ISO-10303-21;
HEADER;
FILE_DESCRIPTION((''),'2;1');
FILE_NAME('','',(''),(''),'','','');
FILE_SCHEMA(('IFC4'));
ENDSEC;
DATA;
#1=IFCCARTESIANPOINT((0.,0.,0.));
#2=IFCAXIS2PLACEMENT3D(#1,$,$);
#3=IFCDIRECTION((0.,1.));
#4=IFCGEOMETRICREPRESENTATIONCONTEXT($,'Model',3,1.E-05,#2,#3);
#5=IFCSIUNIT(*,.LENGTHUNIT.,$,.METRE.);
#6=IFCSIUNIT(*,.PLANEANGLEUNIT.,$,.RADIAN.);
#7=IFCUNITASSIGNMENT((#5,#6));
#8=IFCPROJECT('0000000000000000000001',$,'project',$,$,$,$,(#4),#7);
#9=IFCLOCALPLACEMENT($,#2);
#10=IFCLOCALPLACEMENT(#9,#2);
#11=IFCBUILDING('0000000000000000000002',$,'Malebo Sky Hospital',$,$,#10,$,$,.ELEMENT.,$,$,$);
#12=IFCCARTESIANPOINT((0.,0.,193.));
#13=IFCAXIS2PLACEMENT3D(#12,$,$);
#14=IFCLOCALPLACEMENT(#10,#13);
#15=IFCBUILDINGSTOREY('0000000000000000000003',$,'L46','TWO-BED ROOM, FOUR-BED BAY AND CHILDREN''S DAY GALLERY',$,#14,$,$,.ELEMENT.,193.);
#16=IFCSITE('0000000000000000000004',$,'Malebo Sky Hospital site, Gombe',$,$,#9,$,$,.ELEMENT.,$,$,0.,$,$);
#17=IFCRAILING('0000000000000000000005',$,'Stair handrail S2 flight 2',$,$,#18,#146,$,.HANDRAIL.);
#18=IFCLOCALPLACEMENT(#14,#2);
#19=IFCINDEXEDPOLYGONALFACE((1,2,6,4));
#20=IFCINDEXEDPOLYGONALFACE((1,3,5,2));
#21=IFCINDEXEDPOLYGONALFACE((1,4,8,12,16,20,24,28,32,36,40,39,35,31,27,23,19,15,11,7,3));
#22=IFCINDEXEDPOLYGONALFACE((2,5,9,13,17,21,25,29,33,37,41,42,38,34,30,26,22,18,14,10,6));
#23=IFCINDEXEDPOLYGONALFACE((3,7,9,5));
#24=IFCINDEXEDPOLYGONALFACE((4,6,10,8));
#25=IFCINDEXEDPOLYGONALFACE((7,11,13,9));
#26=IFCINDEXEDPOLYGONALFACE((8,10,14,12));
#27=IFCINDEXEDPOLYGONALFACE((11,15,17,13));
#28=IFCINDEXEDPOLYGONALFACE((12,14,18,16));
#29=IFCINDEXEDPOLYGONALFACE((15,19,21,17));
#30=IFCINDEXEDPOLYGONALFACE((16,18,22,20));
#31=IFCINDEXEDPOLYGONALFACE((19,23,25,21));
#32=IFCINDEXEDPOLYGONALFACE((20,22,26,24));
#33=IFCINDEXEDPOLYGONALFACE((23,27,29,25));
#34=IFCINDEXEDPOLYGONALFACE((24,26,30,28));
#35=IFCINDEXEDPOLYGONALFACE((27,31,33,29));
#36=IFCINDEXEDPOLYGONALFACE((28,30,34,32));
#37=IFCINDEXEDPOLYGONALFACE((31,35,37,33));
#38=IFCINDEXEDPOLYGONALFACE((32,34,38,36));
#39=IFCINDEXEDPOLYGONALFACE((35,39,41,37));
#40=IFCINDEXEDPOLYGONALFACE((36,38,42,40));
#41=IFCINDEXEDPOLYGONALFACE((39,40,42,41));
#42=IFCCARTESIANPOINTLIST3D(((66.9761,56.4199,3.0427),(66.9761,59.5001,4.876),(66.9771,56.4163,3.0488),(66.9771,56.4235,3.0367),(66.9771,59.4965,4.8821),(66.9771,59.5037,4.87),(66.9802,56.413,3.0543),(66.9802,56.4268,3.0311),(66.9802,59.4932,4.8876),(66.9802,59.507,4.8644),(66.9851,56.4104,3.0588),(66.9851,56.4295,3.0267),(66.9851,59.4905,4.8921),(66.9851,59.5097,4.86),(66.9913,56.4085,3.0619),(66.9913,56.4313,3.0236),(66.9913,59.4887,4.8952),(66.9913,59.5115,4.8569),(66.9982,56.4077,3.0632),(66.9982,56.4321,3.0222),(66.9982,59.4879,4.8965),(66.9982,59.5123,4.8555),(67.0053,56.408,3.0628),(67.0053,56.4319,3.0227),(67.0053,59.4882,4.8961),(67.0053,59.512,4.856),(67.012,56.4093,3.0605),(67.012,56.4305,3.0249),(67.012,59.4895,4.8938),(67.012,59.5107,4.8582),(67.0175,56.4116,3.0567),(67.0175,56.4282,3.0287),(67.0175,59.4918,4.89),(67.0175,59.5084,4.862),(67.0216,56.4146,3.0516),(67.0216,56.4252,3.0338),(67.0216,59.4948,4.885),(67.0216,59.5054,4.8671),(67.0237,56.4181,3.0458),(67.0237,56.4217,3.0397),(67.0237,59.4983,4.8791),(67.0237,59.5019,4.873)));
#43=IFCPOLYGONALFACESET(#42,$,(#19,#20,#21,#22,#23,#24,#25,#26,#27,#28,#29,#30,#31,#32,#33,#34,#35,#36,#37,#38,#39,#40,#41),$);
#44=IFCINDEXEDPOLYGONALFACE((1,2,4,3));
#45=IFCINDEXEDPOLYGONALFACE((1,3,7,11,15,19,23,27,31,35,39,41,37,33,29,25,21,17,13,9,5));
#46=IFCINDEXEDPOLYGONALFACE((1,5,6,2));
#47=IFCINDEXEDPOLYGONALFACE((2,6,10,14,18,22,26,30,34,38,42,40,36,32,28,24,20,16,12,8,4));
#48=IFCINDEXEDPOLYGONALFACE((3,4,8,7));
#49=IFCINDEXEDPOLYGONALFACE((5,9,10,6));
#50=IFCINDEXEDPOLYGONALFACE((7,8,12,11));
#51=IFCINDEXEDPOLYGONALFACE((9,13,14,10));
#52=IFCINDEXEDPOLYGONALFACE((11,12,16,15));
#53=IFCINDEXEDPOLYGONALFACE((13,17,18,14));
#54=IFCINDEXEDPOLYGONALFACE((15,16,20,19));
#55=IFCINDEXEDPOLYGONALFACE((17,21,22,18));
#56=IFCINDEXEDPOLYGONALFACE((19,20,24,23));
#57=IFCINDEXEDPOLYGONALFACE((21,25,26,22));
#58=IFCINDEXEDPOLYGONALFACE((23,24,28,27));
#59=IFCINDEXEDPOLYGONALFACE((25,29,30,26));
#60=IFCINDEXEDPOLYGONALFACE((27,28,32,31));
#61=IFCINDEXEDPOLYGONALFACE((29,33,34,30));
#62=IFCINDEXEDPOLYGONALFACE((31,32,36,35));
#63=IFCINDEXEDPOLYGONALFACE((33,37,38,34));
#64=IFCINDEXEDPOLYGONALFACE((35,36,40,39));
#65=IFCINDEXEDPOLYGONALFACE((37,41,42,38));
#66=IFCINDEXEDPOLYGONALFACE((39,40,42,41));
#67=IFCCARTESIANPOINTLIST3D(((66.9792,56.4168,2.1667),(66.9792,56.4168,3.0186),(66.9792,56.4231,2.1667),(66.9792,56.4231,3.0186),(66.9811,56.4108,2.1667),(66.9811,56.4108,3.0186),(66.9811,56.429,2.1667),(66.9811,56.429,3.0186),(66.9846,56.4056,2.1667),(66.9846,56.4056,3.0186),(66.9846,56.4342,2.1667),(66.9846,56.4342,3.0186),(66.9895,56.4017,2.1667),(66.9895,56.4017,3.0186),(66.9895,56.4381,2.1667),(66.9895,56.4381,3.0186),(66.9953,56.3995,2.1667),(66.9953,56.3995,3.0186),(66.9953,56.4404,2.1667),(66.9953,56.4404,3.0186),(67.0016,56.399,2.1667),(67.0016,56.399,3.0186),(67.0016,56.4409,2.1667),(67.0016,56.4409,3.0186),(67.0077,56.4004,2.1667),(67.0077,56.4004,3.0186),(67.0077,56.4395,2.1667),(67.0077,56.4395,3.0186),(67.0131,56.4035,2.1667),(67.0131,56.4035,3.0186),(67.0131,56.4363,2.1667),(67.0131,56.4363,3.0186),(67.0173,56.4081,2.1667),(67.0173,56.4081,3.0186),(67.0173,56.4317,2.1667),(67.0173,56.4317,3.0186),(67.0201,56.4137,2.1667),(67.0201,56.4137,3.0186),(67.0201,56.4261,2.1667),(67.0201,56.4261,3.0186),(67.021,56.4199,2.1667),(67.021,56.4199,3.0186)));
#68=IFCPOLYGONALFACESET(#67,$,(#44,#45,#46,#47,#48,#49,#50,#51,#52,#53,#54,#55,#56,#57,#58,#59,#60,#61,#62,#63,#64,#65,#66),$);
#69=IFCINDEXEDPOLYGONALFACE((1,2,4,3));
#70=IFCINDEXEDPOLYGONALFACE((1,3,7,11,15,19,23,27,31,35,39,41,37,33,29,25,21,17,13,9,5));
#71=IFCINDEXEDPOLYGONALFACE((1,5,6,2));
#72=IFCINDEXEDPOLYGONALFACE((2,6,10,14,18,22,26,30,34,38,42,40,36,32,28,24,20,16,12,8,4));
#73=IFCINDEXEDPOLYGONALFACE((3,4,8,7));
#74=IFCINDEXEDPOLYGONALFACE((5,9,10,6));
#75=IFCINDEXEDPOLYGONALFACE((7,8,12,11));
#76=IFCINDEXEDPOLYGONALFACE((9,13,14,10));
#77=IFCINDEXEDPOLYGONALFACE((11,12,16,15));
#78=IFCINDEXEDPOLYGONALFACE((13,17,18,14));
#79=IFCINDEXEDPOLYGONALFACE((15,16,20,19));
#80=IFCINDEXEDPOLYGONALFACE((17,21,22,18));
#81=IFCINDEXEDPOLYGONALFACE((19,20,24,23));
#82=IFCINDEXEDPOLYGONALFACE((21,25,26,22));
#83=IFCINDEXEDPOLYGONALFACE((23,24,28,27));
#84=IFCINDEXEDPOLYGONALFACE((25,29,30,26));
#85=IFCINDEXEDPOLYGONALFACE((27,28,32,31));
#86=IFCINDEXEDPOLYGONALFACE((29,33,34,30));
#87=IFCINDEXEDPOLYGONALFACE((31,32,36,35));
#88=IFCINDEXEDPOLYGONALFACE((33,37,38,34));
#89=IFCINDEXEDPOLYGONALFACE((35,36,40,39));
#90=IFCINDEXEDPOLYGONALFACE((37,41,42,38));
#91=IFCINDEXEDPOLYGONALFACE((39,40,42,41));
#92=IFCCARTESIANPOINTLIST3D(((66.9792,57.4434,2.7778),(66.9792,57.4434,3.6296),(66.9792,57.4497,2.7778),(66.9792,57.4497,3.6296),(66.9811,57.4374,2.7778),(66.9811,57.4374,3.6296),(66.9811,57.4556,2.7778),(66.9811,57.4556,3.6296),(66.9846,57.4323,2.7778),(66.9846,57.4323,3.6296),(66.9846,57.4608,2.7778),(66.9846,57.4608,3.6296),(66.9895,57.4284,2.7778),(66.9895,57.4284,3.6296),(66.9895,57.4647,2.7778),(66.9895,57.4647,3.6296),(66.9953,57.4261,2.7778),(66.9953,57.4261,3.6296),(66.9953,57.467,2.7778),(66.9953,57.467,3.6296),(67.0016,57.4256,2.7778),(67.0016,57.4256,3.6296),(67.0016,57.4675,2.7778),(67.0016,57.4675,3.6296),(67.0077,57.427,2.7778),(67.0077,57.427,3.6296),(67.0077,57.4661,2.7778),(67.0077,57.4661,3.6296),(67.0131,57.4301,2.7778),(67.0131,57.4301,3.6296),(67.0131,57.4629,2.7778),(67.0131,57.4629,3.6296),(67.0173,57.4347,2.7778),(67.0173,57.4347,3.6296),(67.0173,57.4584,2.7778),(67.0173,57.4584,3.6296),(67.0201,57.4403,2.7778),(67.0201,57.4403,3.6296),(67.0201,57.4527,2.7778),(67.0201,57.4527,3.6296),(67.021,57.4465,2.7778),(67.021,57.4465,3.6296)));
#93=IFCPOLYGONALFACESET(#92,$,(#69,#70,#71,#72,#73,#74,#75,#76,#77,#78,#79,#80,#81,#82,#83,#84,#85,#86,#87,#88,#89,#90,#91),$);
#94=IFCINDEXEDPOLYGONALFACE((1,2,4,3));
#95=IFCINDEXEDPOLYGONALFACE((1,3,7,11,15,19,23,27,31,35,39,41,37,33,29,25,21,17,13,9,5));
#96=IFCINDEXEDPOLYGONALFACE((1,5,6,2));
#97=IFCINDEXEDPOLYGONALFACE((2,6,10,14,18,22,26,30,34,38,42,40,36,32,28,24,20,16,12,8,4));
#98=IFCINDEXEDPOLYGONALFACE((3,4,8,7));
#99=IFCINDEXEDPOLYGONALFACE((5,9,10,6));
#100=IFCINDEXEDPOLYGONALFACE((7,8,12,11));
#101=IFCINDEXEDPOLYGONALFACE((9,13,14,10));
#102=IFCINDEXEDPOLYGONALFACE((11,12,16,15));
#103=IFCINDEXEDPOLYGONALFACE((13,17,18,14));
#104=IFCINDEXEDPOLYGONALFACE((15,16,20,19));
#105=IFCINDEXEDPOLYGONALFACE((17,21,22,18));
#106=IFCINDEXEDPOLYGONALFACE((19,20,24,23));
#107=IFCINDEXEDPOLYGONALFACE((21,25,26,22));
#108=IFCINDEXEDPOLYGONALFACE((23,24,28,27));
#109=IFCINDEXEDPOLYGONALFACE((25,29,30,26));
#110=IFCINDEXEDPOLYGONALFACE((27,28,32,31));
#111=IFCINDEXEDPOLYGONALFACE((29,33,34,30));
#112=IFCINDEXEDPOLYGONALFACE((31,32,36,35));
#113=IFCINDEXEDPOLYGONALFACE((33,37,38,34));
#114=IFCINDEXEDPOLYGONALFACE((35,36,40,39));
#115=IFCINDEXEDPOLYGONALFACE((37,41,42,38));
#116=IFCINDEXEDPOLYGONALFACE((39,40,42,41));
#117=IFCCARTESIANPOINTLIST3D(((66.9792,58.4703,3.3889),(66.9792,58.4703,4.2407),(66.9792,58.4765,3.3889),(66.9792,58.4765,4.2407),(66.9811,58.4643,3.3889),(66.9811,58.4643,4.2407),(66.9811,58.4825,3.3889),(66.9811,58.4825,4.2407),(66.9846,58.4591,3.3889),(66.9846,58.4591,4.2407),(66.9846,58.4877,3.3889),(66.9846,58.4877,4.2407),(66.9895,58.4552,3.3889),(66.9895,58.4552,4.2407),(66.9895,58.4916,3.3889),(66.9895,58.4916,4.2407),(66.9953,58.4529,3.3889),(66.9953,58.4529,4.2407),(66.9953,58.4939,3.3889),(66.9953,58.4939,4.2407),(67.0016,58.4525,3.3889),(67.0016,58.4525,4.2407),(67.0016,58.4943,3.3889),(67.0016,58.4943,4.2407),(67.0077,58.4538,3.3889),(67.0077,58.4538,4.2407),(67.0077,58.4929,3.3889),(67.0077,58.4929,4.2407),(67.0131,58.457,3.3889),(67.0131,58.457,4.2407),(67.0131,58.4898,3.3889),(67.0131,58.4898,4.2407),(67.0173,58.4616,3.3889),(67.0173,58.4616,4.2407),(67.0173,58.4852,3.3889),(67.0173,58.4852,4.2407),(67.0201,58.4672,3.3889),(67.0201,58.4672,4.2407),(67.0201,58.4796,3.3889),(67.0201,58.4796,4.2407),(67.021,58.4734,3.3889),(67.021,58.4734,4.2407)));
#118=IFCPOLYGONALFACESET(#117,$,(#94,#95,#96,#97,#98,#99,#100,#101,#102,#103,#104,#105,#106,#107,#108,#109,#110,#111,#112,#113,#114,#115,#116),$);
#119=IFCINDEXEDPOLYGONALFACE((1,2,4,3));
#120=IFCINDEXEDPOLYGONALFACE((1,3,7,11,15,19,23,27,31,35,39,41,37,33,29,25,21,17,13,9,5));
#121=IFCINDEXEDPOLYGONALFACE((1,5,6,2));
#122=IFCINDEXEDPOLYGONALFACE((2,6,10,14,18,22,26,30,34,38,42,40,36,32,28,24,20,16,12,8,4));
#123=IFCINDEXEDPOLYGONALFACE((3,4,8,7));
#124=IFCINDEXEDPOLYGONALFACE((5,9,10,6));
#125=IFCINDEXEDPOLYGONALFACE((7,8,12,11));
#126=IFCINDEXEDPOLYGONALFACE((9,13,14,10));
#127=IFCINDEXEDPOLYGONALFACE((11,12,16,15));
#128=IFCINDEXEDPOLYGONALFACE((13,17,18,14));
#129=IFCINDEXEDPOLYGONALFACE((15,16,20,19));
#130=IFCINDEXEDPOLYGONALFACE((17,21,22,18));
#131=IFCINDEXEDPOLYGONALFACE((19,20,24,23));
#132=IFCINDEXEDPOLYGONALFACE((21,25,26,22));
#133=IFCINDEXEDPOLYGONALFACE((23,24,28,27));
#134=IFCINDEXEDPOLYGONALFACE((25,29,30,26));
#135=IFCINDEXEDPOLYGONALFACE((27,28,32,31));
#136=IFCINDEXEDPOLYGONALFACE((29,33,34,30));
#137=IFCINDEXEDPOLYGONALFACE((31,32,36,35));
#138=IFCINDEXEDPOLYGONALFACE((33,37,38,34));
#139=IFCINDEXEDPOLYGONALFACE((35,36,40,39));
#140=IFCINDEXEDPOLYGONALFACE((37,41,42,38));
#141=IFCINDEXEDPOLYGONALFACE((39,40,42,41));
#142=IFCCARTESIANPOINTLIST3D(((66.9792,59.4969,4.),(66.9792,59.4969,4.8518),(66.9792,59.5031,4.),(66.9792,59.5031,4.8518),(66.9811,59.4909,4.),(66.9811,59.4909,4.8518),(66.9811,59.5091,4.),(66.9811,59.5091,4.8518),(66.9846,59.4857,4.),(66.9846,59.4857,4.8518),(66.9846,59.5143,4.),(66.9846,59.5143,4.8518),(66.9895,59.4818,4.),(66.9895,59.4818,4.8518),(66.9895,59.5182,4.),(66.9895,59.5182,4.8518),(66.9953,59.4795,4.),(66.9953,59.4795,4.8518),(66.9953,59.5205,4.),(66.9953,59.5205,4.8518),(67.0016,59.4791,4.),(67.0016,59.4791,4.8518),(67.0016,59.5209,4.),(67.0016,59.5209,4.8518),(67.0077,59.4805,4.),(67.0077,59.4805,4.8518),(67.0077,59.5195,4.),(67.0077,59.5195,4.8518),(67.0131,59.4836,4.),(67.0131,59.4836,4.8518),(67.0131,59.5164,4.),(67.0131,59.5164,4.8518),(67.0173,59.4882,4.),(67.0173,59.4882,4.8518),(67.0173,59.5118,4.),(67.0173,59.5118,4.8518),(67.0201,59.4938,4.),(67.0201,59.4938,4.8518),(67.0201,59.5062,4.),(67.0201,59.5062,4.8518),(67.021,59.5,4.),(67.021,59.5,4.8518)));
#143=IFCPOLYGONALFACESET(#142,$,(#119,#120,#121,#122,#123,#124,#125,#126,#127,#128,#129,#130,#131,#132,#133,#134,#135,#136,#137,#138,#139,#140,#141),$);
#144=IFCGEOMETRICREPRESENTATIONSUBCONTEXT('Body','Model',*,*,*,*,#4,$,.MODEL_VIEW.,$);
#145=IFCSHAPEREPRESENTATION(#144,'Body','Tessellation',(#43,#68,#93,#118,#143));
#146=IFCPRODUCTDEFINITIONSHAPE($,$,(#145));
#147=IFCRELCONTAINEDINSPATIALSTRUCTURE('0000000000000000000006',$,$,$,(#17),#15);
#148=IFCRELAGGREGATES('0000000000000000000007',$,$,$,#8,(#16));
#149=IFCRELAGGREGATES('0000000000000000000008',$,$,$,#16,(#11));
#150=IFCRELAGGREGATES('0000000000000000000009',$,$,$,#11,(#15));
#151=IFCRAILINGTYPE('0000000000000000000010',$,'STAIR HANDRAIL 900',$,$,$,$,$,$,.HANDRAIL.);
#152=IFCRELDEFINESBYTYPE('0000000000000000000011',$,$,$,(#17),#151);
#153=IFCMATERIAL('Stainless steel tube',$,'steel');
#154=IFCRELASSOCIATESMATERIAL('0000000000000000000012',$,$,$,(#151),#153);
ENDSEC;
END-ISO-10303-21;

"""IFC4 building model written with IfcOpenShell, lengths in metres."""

from ifc_helpers import new_model, si_unit, direction, frame, origin, origin_2d, place, context, subcontext, project, spatial, circle, extrude, material, type_object, element, save


model = new_model("IFC4")

# Units and contexts
model_context = context("Model", 3, precision=1e-05, world=origin(), true_north=direction((0.0, 1.0)))
body_context = subcontext(model_context, "Body", "Model", "MODEL_VIEW")
ifc_project = project(units=[si_unit("LENGTHUNIT", "METRE"), si_unit("PLANEANGLEUNIT", "RADIAN")], contexts=[model_context])

# Site, building, storey
site_placement = place(None, origin())
site = spatial("IfcSite", under=ifc_project, at=site_placement, Name="Malebo Sky Hospital site, Gombe", CompositionType="ELEMENT", RefElevation=0.0)
building_placement = place(site_placement, origin())
building = spatial("IfcBuilding", under=site, at=building_placement, Name="Malebo Sky Hospital", CompositionType="ELEMENT")
storey_placement = place(building_placement, frame((0.0, 0.0, 193.0)))
storey = spatial("IfcBuildingStorey", under=building, at=storey_placement, Name="L46", Description="TWO-BED ROOM, FOUR-BED BAY AND CHILDREN'S DAY GALLERY", CompositionType="ELEMENT", Elevation=193.0)

# Railing
ifc_material_1 = material(Name="Stainless steel tube", Category="steel")
railing_type = type_object("IfcRailingType", Name="STAIR HANDRAIL 900", PredefinedType="HANDRAIL", material=ifc_material_1)
railing_1_placement = place(storey_placement, frame((67.0, 56.4199, 2.1667)))
element("IfcRailing", 1, at=railing_1_placement, inside=storey, type_object=railing_type, Name="Stair handrail S2 flight 2", PredefinedType="HANDRAIL", context=body_context, shape_type="SweptSolid", body=[
    extrude(circle(Radius=0.0239, at=origin_2d()), frame((0.0, 0.0, 0.876), z_axis=(0.0, 0.859309, 0.511458), x_axis=(-1.0, 0.0, 0.0)), (0.0, 0.0, 1.0), 3.5845),
    extrude(circle(Radius=0.021, at=origin_2d()), origin(), (0.0, 0.0, 1.0), 0.8518),
    extrude(circle(Radius=0.021, at=origin_2d()), frame((0.0, 1.0266, 0.6111)), (0.0, 0.0, 1.0), 0.8518),
    extrude(circle(Radius=0.021, at=origin_2d()), frame((0.0, 2.0535, 1.2222)), (0.0, 0.0, 1.0), 0.8518),
    extrude(circle(Radius=0.021, at=origin_2d()), frame((0.0, 3.0801, 1.8333)), (0.0, 0.0, 1.0), 0.8518),
])

save(model, "model.ifc")
